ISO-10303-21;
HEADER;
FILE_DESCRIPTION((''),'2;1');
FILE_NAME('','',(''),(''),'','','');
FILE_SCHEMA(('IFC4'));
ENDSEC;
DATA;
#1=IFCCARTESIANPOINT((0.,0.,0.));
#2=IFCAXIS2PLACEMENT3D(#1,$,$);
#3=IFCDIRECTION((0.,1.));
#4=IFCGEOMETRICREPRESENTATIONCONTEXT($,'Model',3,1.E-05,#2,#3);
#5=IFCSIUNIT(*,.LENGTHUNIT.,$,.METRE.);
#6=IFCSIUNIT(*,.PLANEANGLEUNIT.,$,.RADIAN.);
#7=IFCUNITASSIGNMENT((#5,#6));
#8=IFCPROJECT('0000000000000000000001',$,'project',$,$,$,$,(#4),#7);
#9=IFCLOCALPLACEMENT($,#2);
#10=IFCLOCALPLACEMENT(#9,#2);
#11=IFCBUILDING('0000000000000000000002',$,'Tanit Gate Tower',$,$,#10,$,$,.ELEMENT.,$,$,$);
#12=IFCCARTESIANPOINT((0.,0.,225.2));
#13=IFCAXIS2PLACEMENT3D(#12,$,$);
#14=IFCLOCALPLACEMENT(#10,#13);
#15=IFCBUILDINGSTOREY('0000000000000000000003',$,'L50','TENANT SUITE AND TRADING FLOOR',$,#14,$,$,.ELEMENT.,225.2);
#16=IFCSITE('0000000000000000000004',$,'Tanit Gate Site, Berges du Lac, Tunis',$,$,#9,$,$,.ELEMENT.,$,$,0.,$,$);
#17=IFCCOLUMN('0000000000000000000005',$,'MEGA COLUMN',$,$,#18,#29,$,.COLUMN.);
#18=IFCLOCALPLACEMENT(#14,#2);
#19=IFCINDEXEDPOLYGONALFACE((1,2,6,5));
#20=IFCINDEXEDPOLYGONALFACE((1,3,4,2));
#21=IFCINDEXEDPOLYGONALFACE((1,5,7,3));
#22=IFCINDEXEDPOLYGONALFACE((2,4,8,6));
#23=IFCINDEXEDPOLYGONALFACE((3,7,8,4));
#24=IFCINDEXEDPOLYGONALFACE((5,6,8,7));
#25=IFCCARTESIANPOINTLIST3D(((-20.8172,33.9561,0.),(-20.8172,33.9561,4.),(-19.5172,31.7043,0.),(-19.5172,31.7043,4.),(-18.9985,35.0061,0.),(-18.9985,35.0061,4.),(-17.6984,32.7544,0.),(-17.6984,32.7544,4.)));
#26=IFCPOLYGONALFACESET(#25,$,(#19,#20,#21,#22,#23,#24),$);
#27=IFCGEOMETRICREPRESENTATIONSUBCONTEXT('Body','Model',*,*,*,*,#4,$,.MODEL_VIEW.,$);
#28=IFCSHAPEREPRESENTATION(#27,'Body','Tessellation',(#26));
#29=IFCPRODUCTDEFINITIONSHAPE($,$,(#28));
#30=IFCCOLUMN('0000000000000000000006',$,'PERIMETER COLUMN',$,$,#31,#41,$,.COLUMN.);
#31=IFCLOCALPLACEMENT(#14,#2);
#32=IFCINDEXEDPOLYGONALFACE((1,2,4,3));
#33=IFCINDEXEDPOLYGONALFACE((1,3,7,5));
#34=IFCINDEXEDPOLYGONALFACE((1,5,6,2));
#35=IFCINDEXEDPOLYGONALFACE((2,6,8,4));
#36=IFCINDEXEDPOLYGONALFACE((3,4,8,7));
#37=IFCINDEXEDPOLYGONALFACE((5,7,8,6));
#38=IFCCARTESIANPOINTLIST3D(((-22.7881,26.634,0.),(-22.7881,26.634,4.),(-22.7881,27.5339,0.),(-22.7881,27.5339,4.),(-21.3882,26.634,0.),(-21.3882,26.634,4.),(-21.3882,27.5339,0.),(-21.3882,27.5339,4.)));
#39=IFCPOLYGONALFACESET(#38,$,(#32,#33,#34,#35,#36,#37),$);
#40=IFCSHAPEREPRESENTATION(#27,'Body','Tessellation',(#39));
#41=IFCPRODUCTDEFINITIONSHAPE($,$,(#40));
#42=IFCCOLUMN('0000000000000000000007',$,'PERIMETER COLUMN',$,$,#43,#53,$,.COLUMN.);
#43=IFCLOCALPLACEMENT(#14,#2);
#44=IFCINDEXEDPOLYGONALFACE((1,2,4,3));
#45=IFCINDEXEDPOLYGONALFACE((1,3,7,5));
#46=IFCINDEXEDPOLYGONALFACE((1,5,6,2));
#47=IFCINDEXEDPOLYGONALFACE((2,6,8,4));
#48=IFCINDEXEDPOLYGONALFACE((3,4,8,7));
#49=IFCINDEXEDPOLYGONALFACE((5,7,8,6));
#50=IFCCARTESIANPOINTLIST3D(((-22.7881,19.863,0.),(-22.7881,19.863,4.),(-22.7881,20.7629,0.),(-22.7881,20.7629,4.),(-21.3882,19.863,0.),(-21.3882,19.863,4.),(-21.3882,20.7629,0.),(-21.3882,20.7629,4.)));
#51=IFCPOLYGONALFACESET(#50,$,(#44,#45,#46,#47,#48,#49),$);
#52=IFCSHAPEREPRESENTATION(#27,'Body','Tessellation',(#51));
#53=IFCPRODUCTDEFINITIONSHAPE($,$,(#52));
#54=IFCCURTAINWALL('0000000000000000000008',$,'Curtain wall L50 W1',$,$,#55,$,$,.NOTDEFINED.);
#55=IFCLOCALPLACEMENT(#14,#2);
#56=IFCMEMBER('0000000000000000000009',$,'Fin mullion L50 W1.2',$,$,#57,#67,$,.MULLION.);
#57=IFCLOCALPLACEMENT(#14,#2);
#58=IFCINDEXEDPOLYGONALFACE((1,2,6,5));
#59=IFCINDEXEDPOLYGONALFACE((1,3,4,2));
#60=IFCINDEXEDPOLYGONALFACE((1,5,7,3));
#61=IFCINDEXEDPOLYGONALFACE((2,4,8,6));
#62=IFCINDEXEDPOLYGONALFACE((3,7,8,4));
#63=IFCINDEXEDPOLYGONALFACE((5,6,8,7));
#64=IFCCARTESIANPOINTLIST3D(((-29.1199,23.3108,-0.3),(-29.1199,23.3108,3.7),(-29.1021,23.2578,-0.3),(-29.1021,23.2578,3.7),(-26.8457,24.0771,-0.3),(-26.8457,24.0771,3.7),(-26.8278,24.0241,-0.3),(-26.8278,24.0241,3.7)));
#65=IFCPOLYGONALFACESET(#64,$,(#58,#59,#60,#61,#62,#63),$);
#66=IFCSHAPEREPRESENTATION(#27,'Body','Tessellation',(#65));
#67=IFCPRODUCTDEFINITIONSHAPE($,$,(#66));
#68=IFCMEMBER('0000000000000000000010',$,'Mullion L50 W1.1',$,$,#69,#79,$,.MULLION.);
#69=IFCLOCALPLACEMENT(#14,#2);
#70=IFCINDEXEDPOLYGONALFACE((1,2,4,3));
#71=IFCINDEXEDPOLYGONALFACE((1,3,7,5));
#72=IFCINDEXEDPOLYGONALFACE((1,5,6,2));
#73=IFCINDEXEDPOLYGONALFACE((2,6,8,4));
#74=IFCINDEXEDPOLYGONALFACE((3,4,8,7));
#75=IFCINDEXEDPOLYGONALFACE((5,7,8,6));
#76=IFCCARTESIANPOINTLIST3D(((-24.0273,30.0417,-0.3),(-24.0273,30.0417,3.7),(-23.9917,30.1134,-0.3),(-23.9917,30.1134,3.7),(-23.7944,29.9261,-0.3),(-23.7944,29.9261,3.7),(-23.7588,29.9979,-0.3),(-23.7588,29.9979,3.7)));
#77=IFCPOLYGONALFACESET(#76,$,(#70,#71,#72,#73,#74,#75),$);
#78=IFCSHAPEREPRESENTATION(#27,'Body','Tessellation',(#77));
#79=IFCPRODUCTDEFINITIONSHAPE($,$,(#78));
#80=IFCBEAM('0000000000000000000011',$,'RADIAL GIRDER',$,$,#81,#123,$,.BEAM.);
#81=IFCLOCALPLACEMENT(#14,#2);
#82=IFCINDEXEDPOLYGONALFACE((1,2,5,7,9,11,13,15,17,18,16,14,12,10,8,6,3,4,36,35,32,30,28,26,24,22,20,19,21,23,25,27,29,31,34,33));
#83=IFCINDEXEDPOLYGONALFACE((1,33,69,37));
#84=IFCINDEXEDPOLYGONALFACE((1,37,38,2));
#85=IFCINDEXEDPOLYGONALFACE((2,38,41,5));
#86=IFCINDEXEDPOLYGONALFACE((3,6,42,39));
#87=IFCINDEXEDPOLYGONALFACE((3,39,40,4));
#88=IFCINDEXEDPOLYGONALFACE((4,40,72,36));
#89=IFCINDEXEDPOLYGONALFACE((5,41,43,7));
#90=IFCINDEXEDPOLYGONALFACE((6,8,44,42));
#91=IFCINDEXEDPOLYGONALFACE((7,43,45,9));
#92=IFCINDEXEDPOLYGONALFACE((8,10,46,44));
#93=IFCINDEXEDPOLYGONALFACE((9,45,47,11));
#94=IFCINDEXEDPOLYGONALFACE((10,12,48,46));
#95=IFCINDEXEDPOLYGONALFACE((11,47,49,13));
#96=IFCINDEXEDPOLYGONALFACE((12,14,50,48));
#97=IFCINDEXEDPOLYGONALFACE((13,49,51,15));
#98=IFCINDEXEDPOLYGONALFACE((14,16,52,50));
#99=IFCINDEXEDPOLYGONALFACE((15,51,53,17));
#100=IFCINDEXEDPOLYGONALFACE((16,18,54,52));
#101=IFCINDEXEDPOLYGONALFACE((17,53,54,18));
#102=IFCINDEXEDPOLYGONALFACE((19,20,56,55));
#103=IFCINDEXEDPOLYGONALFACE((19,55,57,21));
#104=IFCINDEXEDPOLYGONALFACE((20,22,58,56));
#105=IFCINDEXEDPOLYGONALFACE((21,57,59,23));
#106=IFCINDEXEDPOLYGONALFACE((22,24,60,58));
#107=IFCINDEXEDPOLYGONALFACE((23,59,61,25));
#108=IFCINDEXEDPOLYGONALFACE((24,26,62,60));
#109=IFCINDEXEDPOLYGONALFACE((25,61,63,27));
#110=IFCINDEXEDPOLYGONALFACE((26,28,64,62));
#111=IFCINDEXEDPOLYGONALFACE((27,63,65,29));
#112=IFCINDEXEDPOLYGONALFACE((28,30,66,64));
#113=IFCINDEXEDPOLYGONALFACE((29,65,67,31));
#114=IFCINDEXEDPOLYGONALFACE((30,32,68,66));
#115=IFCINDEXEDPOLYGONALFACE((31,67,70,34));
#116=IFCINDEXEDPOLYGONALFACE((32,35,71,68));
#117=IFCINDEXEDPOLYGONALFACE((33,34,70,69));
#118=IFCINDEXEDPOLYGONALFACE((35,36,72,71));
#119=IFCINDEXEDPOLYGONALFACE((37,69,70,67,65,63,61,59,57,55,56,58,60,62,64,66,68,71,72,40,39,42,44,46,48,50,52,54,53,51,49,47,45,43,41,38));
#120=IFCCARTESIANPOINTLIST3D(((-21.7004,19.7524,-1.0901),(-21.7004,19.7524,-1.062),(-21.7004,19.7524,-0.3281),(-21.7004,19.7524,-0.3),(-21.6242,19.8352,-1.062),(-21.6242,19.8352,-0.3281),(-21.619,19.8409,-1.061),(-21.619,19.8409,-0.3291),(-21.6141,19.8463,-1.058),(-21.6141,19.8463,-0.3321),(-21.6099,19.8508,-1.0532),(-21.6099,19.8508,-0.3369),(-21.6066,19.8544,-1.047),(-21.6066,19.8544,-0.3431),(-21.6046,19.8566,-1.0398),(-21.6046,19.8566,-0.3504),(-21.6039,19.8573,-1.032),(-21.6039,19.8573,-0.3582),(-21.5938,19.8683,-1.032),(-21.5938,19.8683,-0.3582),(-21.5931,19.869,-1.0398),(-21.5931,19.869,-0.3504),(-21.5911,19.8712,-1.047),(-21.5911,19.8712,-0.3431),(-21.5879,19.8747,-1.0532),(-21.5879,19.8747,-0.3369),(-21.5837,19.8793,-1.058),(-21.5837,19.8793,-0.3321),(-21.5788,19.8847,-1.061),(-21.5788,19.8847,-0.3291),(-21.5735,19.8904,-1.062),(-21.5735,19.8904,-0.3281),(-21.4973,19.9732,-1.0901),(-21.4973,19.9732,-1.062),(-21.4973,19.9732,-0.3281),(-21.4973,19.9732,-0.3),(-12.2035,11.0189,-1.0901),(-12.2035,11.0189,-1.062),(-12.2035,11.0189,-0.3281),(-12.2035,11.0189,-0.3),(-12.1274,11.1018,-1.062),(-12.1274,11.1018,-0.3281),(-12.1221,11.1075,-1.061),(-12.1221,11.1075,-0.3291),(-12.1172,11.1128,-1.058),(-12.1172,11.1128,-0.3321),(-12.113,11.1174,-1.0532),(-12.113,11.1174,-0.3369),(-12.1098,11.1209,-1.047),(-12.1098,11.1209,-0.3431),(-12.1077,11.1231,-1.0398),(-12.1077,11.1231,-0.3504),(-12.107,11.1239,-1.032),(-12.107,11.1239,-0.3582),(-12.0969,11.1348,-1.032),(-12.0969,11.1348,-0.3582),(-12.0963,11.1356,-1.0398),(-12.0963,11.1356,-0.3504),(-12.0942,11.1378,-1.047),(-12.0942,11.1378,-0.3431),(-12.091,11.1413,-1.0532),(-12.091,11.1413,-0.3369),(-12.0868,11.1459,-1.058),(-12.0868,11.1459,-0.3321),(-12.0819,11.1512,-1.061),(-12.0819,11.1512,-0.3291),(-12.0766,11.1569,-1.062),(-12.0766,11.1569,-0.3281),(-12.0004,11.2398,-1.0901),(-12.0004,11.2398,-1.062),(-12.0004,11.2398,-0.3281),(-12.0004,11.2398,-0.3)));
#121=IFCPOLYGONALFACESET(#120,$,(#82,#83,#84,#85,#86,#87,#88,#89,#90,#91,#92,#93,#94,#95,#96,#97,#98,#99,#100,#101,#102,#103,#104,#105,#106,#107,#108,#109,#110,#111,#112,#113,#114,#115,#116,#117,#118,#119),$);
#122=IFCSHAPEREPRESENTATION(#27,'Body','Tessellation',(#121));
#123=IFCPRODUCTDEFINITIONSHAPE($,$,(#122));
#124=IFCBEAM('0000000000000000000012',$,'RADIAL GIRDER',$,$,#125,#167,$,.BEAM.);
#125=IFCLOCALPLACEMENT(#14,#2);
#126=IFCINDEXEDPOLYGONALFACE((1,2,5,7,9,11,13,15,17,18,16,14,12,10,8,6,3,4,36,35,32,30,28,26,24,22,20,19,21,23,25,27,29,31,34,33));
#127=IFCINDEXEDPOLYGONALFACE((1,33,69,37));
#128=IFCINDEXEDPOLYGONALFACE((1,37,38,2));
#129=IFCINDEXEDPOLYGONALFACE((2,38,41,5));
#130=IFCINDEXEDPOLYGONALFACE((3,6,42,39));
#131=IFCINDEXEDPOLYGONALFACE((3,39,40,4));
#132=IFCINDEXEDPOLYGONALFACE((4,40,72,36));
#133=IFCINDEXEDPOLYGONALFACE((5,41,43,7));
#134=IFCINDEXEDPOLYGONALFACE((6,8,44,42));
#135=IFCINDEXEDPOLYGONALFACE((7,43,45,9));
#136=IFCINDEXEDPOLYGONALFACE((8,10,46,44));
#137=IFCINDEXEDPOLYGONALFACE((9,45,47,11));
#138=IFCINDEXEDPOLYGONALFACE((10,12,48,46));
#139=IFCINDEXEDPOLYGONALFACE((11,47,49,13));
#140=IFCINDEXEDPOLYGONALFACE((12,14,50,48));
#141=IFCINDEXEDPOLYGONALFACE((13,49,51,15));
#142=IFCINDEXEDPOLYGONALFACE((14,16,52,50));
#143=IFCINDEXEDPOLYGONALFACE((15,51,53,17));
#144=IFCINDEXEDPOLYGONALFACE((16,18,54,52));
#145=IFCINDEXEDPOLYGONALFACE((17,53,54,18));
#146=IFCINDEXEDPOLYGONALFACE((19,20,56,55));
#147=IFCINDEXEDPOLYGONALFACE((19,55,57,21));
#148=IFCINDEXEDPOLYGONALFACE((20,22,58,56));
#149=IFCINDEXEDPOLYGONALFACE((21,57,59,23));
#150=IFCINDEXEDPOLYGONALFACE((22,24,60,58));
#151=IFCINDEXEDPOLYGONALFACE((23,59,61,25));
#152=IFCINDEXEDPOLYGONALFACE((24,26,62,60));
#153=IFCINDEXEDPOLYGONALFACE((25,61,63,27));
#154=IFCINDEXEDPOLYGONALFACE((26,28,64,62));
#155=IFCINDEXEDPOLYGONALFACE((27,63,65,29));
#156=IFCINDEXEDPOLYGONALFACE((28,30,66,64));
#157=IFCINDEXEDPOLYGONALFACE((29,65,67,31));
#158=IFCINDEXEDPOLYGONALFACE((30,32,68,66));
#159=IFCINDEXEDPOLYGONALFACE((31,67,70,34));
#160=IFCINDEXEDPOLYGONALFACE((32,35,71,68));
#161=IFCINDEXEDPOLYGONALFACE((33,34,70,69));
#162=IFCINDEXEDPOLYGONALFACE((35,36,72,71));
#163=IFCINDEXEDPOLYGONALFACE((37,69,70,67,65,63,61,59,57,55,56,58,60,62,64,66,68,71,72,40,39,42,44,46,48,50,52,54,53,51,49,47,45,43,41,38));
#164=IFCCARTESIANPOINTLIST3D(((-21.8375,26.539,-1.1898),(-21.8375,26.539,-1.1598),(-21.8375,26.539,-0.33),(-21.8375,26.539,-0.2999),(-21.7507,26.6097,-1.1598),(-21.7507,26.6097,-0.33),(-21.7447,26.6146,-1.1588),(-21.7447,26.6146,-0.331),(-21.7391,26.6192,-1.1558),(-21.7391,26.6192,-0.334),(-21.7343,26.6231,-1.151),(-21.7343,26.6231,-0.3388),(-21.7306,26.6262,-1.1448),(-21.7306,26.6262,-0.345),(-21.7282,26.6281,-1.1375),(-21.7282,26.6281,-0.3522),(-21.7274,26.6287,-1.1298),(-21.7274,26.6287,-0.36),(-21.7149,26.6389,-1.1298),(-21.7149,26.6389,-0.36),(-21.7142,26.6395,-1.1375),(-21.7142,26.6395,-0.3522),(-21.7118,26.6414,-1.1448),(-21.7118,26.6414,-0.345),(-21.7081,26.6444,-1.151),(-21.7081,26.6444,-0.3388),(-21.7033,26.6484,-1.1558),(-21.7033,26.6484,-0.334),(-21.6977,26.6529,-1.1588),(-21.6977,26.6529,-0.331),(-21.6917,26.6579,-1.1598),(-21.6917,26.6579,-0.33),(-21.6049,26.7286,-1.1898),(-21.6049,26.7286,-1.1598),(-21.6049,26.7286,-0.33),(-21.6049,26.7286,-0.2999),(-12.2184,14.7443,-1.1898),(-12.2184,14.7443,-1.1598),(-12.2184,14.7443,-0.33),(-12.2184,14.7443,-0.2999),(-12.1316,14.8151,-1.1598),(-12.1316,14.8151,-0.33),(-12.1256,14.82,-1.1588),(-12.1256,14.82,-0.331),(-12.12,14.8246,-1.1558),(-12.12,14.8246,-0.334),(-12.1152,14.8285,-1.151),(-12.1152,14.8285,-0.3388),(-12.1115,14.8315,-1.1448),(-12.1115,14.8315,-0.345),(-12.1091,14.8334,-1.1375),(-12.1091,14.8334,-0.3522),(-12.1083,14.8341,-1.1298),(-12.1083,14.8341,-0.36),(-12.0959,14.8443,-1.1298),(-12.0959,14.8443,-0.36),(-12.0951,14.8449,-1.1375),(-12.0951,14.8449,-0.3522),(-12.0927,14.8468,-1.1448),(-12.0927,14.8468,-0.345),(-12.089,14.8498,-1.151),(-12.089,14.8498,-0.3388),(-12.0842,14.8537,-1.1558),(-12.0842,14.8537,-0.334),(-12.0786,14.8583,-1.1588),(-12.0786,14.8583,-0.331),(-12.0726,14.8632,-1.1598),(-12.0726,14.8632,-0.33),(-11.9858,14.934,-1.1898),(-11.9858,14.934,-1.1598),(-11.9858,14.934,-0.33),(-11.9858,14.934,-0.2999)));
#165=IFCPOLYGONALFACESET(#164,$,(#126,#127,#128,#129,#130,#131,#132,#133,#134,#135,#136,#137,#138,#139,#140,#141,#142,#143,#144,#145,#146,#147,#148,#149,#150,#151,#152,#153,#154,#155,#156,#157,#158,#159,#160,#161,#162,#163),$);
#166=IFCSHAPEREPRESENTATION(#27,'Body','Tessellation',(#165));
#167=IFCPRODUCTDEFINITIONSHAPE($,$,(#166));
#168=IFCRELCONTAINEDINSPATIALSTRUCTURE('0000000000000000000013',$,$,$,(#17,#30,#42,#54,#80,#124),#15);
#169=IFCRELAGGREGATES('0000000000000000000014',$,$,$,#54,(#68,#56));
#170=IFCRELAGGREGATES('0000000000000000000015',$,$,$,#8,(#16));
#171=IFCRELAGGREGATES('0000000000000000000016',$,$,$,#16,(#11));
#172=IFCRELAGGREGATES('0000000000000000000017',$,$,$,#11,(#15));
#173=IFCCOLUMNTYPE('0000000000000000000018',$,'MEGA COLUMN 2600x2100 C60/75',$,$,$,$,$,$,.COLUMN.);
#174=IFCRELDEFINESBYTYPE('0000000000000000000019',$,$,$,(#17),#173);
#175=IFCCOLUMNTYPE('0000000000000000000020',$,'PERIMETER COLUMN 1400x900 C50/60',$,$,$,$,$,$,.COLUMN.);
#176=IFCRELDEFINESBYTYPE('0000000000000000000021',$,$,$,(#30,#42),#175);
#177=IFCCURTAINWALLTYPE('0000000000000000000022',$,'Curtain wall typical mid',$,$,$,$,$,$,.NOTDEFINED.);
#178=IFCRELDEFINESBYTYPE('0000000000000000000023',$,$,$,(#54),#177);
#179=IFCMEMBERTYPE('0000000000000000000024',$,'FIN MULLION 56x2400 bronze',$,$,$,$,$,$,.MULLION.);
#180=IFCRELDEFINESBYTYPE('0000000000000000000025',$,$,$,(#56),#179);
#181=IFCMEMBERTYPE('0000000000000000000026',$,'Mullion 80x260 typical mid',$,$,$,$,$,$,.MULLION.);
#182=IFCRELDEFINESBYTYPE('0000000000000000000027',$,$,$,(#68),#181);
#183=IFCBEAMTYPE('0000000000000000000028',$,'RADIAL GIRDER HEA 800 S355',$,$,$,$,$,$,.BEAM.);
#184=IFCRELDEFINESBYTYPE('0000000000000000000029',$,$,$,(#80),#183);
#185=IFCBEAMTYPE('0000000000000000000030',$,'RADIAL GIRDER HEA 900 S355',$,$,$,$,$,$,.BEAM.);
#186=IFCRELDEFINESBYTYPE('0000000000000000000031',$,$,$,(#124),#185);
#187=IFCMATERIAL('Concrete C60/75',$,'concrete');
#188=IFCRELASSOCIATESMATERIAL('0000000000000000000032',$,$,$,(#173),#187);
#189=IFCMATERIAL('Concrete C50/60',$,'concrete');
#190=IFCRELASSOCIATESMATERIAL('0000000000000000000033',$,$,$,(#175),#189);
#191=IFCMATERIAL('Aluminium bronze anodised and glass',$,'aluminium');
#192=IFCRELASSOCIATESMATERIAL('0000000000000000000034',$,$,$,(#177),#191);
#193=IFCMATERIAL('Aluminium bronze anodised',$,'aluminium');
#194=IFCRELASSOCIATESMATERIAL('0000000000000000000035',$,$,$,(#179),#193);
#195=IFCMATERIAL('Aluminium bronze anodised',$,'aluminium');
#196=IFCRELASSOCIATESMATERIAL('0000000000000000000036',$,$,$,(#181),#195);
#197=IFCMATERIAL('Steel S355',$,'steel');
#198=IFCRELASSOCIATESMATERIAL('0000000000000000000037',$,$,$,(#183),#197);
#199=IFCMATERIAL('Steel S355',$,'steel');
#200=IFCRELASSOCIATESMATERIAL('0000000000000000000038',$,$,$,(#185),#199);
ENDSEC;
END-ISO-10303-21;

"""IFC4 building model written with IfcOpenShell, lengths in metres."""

from ifc_helpers import new_model, si_unit, direction, frame, origin, origin_2d, place, context, subcontext, project, spatial, rectangle, i_section, extrude, material, material_profile, profile_set, type_object, element, aggregate, save


model = new_model("IFC4")

# Units and contexts
model_context = context("Model", 3, precision=1e-05, world=origin(), true_north=direction((0.0, 1.0)))
body_context = subcontext(model_context, "Body", "Model", "MODEL_VIEW")
ifc_project = project(units=[si_unit("LENGTHUNIT", "METRE"), si_unit("PLANEANGLEUNIT", "RADIAN")], contexts=[model_context])

# Site, building, storey
site_placement = place(None, origin())
site = spatial("IfcSite", under=ifc_project, at=site_placement, Name="Tanit Gate Site, Berges du Lac, Tunis", CompositionType="ELEMENT", RefElevation=0.0)
building_placement = place(site_placement, origin())
building = spatial("IfcBuilding", under=site, at=building_placement, Name="Tanit Gate Tower", CompositionType="ELEMENT")
storey_placement = place(building_placement, frame((0.0, 0.0, 225.2)))
storey = spatial("IfcBuildingStorey", under=building, at=storey_placement, Name="L50", Description="TENANT SUITE AND TRADING FLOOR", CompositionType="ELEMENT", Elevation=225.2)

# Columns
ifc_material_1 = material(Name="Concrete C60/75", Category="concrete")
ifc_material_profile_1 = material_profile(ifc_material_1, rectangle(XDim=2.6001, YDim=2.1001, at=origin_2d()), Name="RC 2600x2100")
ifc_profile_set_1 = profile_set([ifc_material_profile_1], Name="Concrete C60/75")
column_type_1 = type_object("IfcColumnType", Name="MEGA COLUMN 2600x2100 C60/75", PredefinedType="COLUMN", material=ifc_profile_set_1)
column_placement = place(storey_placement, frame((-19.2578, 33.3552, 0.0), z_axis=(0.0, 0.0, 1.0), x_axis=(-0.5, 0.866025, 0.0)))
element("IfcColumn", 1, at=column_placement, inside=storey, type_object=column_type_1, Name="MEGA COLUMN", PredefinedType="COLUMN", context=body_context, shape_type="SweptSolid", body=[
    extrude(rectangle(XDim=2.6001, YDim=2.1001, at=origin_2d()), origin(), (0.0, 0.0, 1.0), 4.0),
])
ifc_material_2 = material(Name="Concrete C50/60", Category="concrete")
ifc_material_profile_2 = material_profile(ifc_material_2, rectangle(XDim=1.3999, YDim=0.8999, at=origin_2d()), Name="RC 1400x900")
ifc_profile_set_2 = profile_set([ifc_material_profile_2], Name="Concrete C50/60")
column_type_2 = type_object("IfcColumnType", Name="PERIMETER COLUMN 1400x900 C50/60", PredefinedType="COLUMN", material=ifc_profile_set_2)
for number, where, z_axis, x_axis, name in (
    (2, (-22.0881, 27.084, 0.0), (0.0, 0.0, 1.0), (-1.0, 0.0, 0.0), "PERIMETER COLUMN"),
    (3, (-22.0881, 20.313, 0.0), (0.0, 0.0, 1.0), (-1.0, 0.0, 0.0), "PERIMETER COLUMN"),
):
    element("IfcColumn", number, at=place(storey_placement, frame(where, z_axis=z_axis, x_axis=x_axis)), inside=storey, type_object=column_type_2, Name=name, PredefinedType="COLUMN", context=body_context, shape_type="SweptSolid", body=[
        extrude(rectangle(XDim=1.3999, YDim=0.8999, at=origin_2d()), origin(), (0.0, 0.0, 1.0), 4.0),
    ])

# Curtain wall, members
ifc_material_3 = material(Name="Aluminium bronze anodised and glass", Category="aluminium")
curtain_wall_type = type_object("IfcCurtainWallType", Name="Curtain wall typical mid", PredefinedType="NOTDEFINED", material=ifc_material_3)
curtain_wall_placement = place(storey_placement, origin())
curtain_wall = element("IfcCurtainWall", 4, at=curtain_wall_placement, inside=storey, type_object=curtain_wall_type, Name="Curtain wall L50 W1", PredefinedType="NOTDEFINED")
ifc_material_4 = material(Name="Aluminium bronze anodised", Category="aluminium")
ifc_material_profile_3 = material_profile(ifc_material_4, rectangle(XDim=2.3999, YDim=0.0559, at=origin_2d()), Name="56x2400 bronze fin mullion")
ifc_profile_set_3 = profile_set([ifc_material_profile_3], Name="Aluminium bronze anodised")
member_type_1 = type_object("IfcMemberType", Name="FIN MULLION 56x2400 bronze", PredefinedType="MULLION", material=ifc_profile_set_3)
member_1_placement = place(storey_placement, frame((-27.9739, 23.6675, -0.3), z_axis=(0.0, 0.0, 1.0), x_axis=(0.947651, 0.319309, 0.0)))
member_1 = element("IfcMember", 5, at=member_1_placement, type_object=member_type_1, Name="Fin mullion L50 W1.2", PredefinedType="MULLION", context=body_context, shape_type="SweptSolid", body=[
    extrude(rectangle(XDim=2.3999, YDim=0.0559, at=origin_2d()), origin(), (0.0, 0.0, 1.0), 4.0),
])
ifc_material_5 = material(Name="Aluminium bronze anodised", Category="aluminium")
ifc_material_profile_4 = material_profile(ifc_material_5, rectangle(XDim=0.26, YDim=0.0801, at=origin_2d()), Name="80x260 bronze mullion")
ifc_profile_set_4 = profile_set([ifc_material_profile_4], Name="Aluminium bronze anodised")
member_type_2 = type_object("IfcMemberType", Name="Mullion 80x260 typical mid", PredefinedType="MULLION", material=ifc_profile_set_4)
member_2_placement = place(storey_placement, frame((-23.8931, 30.0198, -0.3), z_axis=(0.0, 0.0, 1.0), x_axis=(0.895876, -0.444304, 0.0)))
member_2 = element("IfcMember", 6, at=member_2_placement, type_object=member_type_2, Name="Mullion L50 W1.1", PredefinedType="MULLION", context=body_context, shape_type="SweptSolid", body=[
    extrude(rectangle(XDim=0.26, YDim=0.0801, at=origin_2d()), origin(), (0.0, 0.0, 1.0), 4.0),
])

# Beams
ifc_material_6 = material(Name="Steel S355", Category="steel")
ifc_material_profile_5 = material_profile(ifc_material_6, i_section(OverallWidth=0.3, OverallDepth=0.79, WebThickness=0.0149, FlangeThickness=0.0281, FilletRadius=0.03, at=origin_2d()), Name="HEA 800")
ifc_profile_set_5 = profile_set([ifc_material_profile_5], Name="Steel S355")
beam_type_1 = type_object("IfcBeamType", Name="RADIAL GIRDER HEA 800 S355", PredefinedType="BEAM", material=ifc_profile_set_5)
beam_1_placement = place(storey_placement, frame((-21.5989, 19.8628, -0.6951), z_axis=(0.736073, -0.676902, 0.0), x_axis=(0.676902, 0.736073, 0.0)))
element("IfcBeam", 7, at=beam_1_placement, inside=storey, type_object=beam_type_1, Name="RADIAL GIRDER", PredefinedType="BEAM", context=body_context, shape_type="SweptSolid", body=[
    extrude(i_section(OverallWidth=0.3, OverallDepth=0.79, WebThickness=0.0149, FlangeThickness=0.0281, FilletRadius=0.03, at=origin_2d()), origin(), (0.0, 0.0, 1.0), 12.9021),
])
ifc_material_7 = material(Name="Steel S355", Category="steel")
ifc_material_profile_6 = material_profile(ifc_material_7, i_section(OverallWidth=0.3, OverallDepth=0.8899, WebThickness=0.0161, FlangeThickness=0.03, FilletRadius=0.03, at=origin_2d()), Name="HEA 900")
ifc_profile_set_6 = profile_set([ifc_material_profile_6], Name="Steel S355")
beam_type_2 = type_object("IfcBeamType", Name="RADIAL GIRDER HEA 900 S355", PredefinedType="BEAM", material=ifc_profile_set_6)
beam_2_placement = place(storey_placement, frame((-21.7212, 26.6338, -0.7449), z_axis=(0.632015, -0.774956, 0.0), x_axis=(0.774956, 0.632015, 0.0)))
element("IfcBeam", 8, at=beam_2_placement, inside=storey, type_object=beam_type_2, Name="RADIAL GIRDER", PredefinedType="BEAM", context=body_context, shape_type="SweptSolid", body=[
    extrude(i_section(OverallWidth=0.3, OverallDepth=0.8899, WebThickness=0.0161, FlangeThickness=0.03, FilletRadius=0.03, at=origin_2d()), origin(), (0.0, 0.0, 1.0), 15.2197),
])

aggregate(curtain_wall, [member_2, member_1])

save(model, "model.ifc")
